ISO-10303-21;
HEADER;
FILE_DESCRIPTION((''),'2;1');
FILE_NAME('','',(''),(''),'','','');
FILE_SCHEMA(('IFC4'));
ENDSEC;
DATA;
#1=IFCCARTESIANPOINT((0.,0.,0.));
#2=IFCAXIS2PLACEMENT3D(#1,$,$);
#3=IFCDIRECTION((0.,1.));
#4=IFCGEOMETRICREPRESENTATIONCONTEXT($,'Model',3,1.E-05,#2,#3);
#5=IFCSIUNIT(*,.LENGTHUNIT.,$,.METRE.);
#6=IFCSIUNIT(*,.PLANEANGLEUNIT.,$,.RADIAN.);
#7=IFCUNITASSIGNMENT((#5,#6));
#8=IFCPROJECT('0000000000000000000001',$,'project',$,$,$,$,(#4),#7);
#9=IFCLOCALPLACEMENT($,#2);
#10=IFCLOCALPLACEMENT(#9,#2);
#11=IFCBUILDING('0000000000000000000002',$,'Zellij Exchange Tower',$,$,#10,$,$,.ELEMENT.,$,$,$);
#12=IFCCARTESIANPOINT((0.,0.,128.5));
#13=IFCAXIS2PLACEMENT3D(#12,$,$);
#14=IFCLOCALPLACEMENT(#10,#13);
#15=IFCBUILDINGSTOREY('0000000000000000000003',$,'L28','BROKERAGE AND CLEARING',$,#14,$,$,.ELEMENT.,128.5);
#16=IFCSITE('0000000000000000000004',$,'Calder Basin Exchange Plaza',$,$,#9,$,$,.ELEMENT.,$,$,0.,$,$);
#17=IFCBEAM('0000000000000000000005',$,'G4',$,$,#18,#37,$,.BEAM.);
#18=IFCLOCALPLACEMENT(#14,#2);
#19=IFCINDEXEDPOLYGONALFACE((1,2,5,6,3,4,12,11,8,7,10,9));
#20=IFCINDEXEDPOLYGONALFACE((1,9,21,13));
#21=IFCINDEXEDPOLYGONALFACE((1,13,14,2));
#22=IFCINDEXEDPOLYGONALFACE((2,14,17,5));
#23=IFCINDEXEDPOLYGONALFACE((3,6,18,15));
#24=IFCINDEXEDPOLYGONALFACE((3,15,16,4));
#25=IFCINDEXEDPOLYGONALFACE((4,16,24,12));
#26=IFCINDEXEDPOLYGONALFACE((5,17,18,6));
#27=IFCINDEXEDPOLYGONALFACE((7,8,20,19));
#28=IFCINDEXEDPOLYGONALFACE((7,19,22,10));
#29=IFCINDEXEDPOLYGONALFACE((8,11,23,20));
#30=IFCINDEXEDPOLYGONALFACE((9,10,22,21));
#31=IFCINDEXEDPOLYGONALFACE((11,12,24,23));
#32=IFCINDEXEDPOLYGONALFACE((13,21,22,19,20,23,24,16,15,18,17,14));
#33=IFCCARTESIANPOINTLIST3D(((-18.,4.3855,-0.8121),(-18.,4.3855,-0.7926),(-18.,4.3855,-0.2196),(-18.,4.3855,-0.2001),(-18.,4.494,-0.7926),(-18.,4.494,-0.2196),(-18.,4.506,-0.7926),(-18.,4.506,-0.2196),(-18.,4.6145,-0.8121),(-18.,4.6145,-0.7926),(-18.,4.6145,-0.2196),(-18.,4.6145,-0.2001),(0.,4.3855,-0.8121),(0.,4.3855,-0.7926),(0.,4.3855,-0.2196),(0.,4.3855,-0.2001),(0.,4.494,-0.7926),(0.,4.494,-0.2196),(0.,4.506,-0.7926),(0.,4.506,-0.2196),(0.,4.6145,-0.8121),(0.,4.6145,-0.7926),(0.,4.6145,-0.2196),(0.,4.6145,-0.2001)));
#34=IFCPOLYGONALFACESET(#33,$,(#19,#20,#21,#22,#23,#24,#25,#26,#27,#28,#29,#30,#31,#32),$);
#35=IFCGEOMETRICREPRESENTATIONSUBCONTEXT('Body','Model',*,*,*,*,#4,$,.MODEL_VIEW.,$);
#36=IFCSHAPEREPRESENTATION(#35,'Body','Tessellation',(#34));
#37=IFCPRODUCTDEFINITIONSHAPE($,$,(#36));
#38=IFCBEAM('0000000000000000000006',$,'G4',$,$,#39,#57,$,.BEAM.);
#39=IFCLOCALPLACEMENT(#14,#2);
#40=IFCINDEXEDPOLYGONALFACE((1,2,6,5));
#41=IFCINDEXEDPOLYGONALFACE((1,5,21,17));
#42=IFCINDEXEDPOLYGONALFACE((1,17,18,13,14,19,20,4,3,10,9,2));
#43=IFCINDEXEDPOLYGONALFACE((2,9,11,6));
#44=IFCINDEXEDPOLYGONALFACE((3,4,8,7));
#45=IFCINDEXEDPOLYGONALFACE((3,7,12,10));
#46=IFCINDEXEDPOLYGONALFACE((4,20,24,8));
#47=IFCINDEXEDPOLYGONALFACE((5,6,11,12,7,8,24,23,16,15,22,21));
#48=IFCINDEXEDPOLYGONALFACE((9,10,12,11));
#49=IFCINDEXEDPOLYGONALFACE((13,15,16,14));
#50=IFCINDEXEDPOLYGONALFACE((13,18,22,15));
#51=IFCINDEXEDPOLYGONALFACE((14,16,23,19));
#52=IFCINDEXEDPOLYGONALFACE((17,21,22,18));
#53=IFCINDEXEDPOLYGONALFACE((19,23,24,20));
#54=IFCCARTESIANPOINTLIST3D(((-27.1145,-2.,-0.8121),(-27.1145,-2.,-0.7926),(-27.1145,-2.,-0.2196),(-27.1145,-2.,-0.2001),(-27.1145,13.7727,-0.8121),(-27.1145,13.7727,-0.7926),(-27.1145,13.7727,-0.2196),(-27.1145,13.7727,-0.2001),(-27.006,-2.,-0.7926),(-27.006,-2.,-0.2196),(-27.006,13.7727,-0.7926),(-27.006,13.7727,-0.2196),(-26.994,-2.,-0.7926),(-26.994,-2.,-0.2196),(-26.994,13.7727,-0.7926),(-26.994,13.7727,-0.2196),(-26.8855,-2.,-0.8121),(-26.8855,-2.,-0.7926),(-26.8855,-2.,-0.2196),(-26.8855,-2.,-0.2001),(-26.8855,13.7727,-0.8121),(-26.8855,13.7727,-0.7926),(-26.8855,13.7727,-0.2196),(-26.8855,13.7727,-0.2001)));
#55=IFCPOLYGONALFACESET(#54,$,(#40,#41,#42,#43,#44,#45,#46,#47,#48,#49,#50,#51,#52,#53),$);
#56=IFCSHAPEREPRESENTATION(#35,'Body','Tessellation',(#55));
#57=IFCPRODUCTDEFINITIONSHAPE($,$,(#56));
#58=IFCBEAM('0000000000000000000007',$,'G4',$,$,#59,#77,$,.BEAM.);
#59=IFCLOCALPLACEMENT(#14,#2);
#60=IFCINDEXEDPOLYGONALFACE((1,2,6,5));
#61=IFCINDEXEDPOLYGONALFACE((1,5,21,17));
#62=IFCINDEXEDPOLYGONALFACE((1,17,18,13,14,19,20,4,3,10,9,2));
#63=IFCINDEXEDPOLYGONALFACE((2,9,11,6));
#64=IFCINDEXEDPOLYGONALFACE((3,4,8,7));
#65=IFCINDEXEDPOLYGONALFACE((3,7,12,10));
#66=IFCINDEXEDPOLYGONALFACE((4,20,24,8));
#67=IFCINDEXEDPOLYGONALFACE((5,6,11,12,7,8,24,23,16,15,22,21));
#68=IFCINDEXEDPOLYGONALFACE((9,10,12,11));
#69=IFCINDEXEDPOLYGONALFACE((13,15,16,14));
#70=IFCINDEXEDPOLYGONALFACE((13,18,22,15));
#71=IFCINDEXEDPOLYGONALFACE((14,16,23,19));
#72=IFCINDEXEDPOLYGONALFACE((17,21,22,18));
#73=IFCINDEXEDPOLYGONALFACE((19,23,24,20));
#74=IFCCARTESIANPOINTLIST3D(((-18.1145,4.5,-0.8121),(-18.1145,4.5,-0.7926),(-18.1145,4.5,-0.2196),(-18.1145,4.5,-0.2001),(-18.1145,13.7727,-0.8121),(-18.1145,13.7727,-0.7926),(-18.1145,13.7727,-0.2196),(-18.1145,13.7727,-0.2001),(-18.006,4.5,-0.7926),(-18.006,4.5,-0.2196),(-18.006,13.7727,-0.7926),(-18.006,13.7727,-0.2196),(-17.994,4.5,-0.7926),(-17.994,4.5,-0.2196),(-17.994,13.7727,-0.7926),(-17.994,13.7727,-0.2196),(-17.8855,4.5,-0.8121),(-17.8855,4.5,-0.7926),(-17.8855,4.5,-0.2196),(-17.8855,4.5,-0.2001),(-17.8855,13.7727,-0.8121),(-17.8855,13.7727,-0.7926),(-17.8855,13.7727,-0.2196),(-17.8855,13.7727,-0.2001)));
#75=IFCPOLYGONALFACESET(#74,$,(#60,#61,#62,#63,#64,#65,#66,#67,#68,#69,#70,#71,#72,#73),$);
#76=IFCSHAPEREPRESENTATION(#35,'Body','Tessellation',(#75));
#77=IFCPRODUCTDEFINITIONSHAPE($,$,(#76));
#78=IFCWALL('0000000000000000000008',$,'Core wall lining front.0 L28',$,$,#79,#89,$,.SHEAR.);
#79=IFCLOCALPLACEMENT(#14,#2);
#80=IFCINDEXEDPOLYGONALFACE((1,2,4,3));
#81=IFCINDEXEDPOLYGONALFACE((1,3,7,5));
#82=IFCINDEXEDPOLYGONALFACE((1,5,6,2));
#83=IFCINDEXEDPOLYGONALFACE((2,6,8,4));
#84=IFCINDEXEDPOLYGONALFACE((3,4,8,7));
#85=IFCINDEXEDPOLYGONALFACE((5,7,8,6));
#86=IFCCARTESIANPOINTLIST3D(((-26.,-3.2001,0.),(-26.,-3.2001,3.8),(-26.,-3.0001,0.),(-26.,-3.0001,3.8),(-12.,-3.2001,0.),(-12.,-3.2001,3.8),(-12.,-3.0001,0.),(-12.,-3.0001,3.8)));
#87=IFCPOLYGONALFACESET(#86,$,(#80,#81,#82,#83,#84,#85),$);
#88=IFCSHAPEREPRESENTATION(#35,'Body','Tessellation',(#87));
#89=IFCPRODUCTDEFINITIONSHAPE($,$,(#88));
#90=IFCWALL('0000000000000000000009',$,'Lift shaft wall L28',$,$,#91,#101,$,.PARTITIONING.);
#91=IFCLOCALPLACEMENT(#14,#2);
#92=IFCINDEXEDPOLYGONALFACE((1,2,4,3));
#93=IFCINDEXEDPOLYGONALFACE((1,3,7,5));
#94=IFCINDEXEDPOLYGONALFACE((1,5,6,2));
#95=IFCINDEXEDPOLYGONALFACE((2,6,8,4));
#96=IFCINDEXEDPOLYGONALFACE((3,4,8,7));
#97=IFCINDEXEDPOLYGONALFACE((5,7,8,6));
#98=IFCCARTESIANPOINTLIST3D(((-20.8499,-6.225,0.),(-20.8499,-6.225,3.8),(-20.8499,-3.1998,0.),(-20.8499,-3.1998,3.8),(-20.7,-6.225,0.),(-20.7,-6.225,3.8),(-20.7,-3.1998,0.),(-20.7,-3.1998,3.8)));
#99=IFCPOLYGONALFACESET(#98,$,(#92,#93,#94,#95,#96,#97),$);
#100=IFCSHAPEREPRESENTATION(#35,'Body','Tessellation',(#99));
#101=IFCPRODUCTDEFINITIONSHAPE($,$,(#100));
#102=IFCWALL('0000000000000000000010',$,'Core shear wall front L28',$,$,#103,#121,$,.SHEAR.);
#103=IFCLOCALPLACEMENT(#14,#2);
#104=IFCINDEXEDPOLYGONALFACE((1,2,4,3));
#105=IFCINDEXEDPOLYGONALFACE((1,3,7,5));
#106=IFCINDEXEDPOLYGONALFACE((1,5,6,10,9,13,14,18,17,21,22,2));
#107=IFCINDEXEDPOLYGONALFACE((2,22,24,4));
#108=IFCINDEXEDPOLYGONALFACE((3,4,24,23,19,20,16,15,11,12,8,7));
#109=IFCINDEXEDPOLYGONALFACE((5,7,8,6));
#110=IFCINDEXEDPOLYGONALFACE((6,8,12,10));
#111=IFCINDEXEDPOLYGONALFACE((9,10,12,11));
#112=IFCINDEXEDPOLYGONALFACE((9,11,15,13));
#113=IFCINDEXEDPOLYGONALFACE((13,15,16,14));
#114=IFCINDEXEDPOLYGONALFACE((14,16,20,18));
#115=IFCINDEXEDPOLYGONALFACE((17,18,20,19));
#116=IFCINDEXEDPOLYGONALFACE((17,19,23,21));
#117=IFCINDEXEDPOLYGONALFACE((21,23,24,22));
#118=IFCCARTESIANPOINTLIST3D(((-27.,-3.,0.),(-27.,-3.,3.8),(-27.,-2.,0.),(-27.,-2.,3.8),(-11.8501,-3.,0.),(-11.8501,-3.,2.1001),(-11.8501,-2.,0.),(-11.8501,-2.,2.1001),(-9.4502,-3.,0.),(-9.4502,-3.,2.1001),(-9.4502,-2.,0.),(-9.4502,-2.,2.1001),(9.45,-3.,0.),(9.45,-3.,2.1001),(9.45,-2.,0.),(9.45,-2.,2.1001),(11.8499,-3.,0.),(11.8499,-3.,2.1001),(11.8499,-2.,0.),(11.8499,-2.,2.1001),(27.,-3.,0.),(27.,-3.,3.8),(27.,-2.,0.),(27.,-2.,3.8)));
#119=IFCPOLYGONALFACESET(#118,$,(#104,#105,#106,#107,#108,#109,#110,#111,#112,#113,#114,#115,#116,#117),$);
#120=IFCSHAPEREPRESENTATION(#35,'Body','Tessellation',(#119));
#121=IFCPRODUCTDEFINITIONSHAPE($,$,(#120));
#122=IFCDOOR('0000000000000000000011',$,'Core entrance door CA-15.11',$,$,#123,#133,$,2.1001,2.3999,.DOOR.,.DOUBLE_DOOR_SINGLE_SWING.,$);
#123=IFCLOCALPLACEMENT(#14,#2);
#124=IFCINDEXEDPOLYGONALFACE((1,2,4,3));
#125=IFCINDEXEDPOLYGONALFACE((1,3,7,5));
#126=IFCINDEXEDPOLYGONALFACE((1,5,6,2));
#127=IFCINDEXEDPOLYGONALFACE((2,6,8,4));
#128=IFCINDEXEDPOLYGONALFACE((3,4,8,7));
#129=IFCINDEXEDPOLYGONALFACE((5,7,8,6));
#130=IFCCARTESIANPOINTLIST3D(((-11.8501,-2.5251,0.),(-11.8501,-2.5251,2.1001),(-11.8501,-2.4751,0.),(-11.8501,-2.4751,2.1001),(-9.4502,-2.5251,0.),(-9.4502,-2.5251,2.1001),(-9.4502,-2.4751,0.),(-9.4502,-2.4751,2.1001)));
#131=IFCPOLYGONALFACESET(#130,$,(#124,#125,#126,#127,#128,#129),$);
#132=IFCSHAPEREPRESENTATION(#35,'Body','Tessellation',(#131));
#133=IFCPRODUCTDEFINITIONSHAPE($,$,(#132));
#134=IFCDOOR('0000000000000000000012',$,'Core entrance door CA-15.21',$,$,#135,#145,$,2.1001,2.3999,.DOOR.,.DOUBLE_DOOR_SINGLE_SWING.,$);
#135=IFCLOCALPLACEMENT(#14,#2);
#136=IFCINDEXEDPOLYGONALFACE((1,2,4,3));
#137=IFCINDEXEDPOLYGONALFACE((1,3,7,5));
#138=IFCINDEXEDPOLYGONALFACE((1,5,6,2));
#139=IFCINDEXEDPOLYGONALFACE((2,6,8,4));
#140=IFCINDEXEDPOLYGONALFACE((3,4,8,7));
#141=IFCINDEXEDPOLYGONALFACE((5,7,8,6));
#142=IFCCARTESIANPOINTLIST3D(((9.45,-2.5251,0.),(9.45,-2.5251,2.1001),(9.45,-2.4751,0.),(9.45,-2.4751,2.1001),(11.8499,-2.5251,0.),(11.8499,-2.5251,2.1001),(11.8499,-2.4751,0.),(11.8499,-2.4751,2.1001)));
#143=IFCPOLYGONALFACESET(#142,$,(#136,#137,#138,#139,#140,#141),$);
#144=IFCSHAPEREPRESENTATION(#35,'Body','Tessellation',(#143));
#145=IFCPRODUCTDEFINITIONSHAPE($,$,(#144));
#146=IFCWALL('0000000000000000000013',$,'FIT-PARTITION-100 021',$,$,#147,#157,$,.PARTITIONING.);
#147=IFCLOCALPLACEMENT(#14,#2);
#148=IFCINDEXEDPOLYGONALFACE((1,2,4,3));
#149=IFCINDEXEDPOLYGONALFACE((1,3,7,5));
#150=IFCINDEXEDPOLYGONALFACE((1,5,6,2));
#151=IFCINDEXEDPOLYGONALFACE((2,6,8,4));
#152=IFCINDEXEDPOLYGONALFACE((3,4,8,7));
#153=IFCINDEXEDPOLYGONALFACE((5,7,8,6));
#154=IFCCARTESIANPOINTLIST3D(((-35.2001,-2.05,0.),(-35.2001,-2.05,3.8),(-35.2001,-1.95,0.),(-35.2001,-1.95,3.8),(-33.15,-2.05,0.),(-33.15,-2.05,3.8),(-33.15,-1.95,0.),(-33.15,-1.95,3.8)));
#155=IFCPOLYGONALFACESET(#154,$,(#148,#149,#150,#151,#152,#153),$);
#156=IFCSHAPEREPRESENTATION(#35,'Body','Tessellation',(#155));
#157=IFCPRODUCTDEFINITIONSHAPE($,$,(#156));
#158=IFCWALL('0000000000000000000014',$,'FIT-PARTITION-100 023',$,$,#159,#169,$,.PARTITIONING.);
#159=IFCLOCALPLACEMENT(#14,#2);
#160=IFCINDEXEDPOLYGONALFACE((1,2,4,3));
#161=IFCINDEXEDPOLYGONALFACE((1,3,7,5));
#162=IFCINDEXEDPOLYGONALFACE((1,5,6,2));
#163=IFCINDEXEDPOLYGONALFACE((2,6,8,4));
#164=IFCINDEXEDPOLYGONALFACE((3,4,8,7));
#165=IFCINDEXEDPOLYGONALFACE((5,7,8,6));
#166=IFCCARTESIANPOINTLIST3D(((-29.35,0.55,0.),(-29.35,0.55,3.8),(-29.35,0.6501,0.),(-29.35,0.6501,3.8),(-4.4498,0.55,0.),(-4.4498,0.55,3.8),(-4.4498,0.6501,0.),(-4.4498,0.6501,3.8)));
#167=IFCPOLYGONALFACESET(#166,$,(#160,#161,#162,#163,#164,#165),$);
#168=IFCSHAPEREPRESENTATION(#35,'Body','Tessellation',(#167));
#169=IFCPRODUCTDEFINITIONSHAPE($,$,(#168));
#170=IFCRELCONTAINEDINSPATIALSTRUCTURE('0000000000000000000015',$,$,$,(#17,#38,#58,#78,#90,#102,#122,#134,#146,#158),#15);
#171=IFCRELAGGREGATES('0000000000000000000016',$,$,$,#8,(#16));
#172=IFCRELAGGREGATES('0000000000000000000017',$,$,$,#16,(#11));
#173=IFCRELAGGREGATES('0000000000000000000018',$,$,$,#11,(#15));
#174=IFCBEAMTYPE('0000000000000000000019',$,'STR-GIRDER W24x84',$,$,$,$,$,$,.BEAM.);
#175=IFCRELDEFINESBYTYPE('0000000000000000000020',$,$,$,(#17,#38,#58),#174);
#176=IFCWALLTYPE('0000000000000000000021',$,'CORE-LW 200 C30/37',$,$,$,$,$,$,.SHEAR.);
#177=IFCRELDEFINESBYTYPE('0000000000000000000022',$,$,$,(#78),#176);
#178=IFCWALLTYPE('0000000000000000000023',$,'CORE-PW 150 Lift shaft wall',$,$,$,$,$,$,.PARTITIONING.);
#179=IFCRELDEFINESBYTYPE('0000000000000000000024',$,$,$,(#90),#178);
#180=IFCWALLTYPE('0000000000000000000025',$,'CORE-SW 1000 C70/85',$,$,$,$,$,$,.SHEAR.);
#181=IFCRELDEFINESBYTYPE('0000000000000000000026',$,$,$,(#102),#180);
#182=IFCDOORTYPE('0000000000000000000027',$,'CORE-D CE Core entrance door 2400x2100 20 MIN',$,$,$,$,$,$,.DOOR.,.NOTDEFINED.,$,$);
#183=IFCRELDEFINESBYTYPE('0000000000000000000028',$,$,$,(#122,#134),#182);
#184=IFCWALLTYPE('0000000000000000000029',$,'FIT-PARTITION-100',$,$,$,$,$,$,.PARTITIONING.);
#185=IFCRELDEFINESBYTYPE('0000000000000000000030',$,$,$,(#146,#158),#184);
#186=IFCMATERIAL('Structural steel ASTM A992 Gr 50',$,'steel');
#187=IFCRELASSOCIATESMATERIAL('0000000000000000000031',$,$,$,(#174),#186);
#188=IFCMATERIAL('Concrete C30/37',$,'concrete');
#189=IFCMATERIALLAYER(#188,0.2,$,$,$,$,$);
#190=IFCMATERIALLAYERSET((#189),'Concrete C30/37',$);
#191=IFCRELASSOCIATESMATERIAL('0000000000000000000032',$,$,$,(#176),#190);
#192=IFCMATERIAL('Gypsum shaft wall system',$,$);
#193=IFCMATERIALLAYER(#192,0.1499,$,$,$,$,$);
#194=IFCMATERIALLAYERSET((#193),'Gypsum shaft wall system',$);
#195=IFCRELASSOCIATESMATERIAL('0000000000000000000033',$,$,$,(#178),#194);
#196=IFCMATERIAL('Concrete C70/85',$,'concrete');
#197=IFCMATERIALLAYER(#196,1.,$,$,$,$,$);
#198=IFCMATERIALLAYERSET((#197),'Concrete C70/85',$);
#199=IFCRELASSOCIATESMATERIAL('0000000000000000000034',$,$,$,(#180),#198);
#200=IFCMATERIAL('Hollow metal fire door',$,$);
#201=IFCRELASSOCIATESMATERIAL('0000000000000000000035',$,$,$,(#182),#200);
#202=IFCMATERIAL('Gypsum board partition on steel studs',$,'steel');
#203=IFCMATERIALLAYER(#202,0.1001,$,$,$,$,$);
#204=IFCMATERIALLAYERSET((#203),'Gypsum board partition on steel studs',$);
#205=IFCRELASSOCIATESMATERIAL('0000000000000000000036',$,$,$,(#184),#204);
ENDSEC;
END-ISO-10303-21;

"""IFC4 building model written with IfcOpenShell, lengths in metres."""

from ifc_helpers import new_model, si_unit, direction, frame, frame_2d, origin, origin_2d, place, context, subcontext, project, spatial, rectangle, i_section, extrude, material, layer, layer_set, material_profile, profile_set, type_object, element, fill, save


model = new_model("IFC4")

# Units and contexts
model_context = context("Model", 3, precision=1e-05, world=origin(), true_north=direction((0.0, 1.0)))
body_context = subcontext(model_context, "Body", "Model", "MODEL_VIEW")
ifc_project = project(units=[si_unit("LENGTHUNIT", "METRE"), si_unit("PLANEANGLEUNIT", "RADIAN")], contexts=[model_context])

# Site, building, storey
site_placement = place(None, origin())
site = spatial("IfcSite", under=ifc_project, at=site_placement, Name="Calder Basin Exchange Plaza", CompositionType="ELEMENT", RefElevation=0.0)
building_placement = place(site_placement, origin())
building = spatial("IfcBuilding", under=site, at=building_placement, Name="Zellij Exchange Tower", CompositionType="ELEMENT")
storey_placement = place(building_placement, frame((0.0, 0.0, 128.5)))
storey = spatial("IfcBuildingStorey", under=building, at=storey_placement, Name="L28", Description="BROKERAGE AND CLEARING", CompositionType="ELEMENT", Elevation=128.5)

# Shared definitions
ifc_material_1 = material(Name="Concrete C70/85", Category="concrete")

# Beams
ifc_material_2 = material(Name="Structural steel ASTM A992 Gr 50", Category="steel")
ifc_material_profile_1 = material_profile(ifc_material_2, i_section(OverallWidth=0.229, OverallDepth=0.6121, WebThickness=0.012, FlangeThickness=0.0195, at=origin_2d()), Name="W24x84")
ifc_profile_set_1 = profile_set([ifc_material_profile_1], Name="Structural steel ASTM A992 Gr 50")
beam_type_1 = type_object("IfcBeamType", Name="STR-GIRDER W24x84", PredefinedType="BEAM", material=ifc_profile_set_1)
beam_1_placement = place(storey_placement, frame((-18.0, 4.5, -0.5061), z_axis=(1.0, 0.0, 0.0), x_axis=(0.0, 1.0, 0.0)))
element("IfcBeam", 1, at=beam_1_placement, inside=storey, type_object=beam_type_1, Name="G4", PredefinedType="BEAM", context=body_context, shape_type="SweptSolid", body=[
    extrude(i_section(OverallWidth=0.229, OverallDepth=0.6121, WebThickness=0.012, FlangeThickness=0.0195, at=origin_2d()), origin(), (0.0, 0.0, 1.0), 18.0),
])
beam_2_placement = place(storey_placement, frame((-27.0, -2.0, -0.5061), z_axis=(0.0, 1.0, 0.0), x_axis=(-1.0, 0.0, 0.0)))
element("IfcBeam", 2, at=beam_2_placement, inside=storey, type_object=beam_type_1, Name="G4", PredefinedType="BEAM", context=body_context, shape_type="SweptSolid", body=[
    extrude(i_section(OverallWidth=0.229, OverallDepth=0.6121, WebThickness=0.012, FlangeThickness=0.0195, at=origin_2d()), origin(), (0.0, 0.0, 1.0), 15.7727),
])
beam_3_placement = place(storey_placement, frame((-18.0, 4.5, -0.5061), z_axis=(0.0, 1.0, 0.0), x_axis=(-1.0, 0.0, 0.0)))
element("IfcBeam", 3, at=beam_3_placement, inside=storey, type_object=beam_type_1, Name="G4", PredefinedType="BEAM", context=body_context, shape_type="SweptSolid", body=[
    extrude(i_section(OverallWidth=0.229, OverallDepth=0.6121, WebThickness=0.012, FlangeThickness=0.0195, at=origin_2d()), origin(), (0.0, 0.0, 1.0), 9.2727),
])

# Walls
ifc_material_3 = material(Name="Concrete C30/37", Category="concrete")
ifc_layer_1 = layer(ifc_material_3, 0.2)
ifc_layer_set_1 = layer_set([ifc_layer_1], Name="Concrete C30/37")
wall_type_1 = type_object("IfcWallType", Name="CORE-LW 200 C30/37", PredefinedType="SHEAR", material=ifc_layer_set_1)
wall_1_placement = place(storey_placement, frame((-26.0, -3.1001, 0.0), z_axis=(0.0, 0.0, 1.0), x_axis=(1.0, 0.0, 0.0)))
element("IfcWall", 4, at=wall_1_placement, inside=storey, type_object=wall_type_1, Name="Core wall lining front.0 L28", PredefinedType="SHEAR", context=body_context, shape_type="SweptSolid", body=[
    extrude(rectangle(XDim=14.0, YDim=0.2, at=frame_2d((7.0, 0.0))), origin(), (0.0, 0.0, 1.0), 3.8),
])
ifc_material_4 = material(Name="Gypsum shaft wall system")
ifc_layer_2 = layer(ifc_material_4, 0.1499)
ifc_layer_set_2 = layer_set([ifc_layer_2], Name="Gypsum shaft wall system")
wall_type_2 = type_object("IfcWallType", Name="CORE-PW 150 Lift shaft wall", PredefinedType="PARTITIONING", material=ifc_layer_set_2)
wall_2_placement = place(storey_placement, frame((-20.7749, -6.2251, 0.0), z_axis=(0.0, 0.0, 1.0), x_axis=(0.0, 1.0, 0.0)))
element("IfcWall", 5, at=wall_2_placement, inside=storey, type_object=wall_type_2, Name="Lift shaft wall L28", PredefinedType="PARTITIONING", context=body_context, shape_type="SweptSolid", body=[
    extrude(rectangle(XDim=3.0251, YDim=0.1499, at=frame_2d((1.5127, 0.0))), origin(), (0.0, 0.0, 1.0), 3.8),
])

# Wall, openings, doors
ifc_layer_3 = layer(ifc_material_1, 1.0)
ifc_layer_set_3 = layer_set([ifc_layer_3], Name="Concrete C70/85")
wall_type_3 = type_object("IfcWallType", Name="CORE-SW 1000 C70/85", PredefinedType="SHEAR", material=ifc_layer_set_3)
wall_3_placement = place(storey_placement, frame((-27.0, -2.5, 0.0), z_axis=(0.0, 0.0, 1.0), x_axis=(1.0, 0.0, 0.0)))
wall_3 = element("IfcWall", 6, at=wall_3_placement, inside=storey, type_object=wall_type_3, Name="Core shear wall front L28", PredefinedType="SHEAR", context=body_context, shape_type="SweptSolid", body=[
    extrude(rectangle(XDim=54.0, YDim=1.0, at=frame_2d((27.0, 0.0))), origin(), (0.0, 0.0, 1.0), 3.8),
])
opening_1_placement = place(wall_3_placement, frame((15.1499, 0.0, 0.0)))
opening_1 = element("IfcOpeningElement", 7, at=opening_1_placement, cuts=wall_3, PredefinedType="OPENING", context=body_context, shape_type="SweptSolid", body=[
    extrude(rectangle(XDim=2.3999, YDim=2.1001, at=frame_2d((1.2, 1.05))), frame((0.0, 0.512, 0.0), z_axis=(0.0, -1.0, 0.0), x_axis=(1.0, 0.0, 0.0)), (0.0, 0.0, 1.0), 1.0239),
])
opening_2_placement = place(wall_3_placement, frame((36.45, 0.0, 0.0)))
opening_2 = element("IfcOpeningElement", 8, at=opening_2_placement, cuts=wall_3, PredefinedType="OPENING", context=body_context, shape_type="SweptSolid", body=[
    extrude(rectangle(XDim=2.3999, YDim=2.1001, at=frame_2d((1.2, 1.05))), frame((0.0, 0.512, 0.0), z_axis=(0.0, -1.0, 0.0), x_axis=(1.0, 0.0, 0.0)), (0.0, 0.0, 1.0), 1.0239),
])
ifc_material_5 = material(Name="Hollow metal fire door")
door_type_1 = type_object("IfcDoorType", Name="CORE-D CE Core entrance door 2400x2100 20 MIN", OperationType="NOTDEFINED", PredefinedType="DOOR", material=ifc_material_5)
door_1_placement = place(opening_1_placement, origin())
door_1 = element("IfcDoor", 9, at=door_1_placement, inside=storey, type_object=door_type_1, Name="Core entrance door CA-15.11", OperationType="DOUBLE_DOOR_SINGLE_SWING", OverallHeight=2.1001, OverallWidth=2.3999, PredefinedType="DOOR", context=body_context, shape_type="SweptSolid", body=[
    extrude(rectangle(XDim=2.3999, YDim=2.1001, at=frame_2d((1.2, 1.05))), frame((0.0, 0.0249, 0.0), z_axis=(0.0, -1.0, 0.0), x_axis=(1.0, 0.0, 0.0)), (0.0, 0.0, 1.0), 0.05),
])
fill(opening_1, door_1)
door_2_placement = place(opening_2_placement, origin())
door_2 = element("IfcDoor", 10, at=door_2_placement, inside=storey, type_object=door_type_1, Name="Core entrance door CA-15.21", OperationType="DOUBLE_DOOR_SINGLE_SWING", OverallHeight=2.1001, OverallWidth=2.3999, PredefinedType="DOOR", context=body_context, shape_type="SweptSolid", body=[
    extrude(rectangle(XDim=2.3999, YDim=2.1001, at=frame_2d((1.2, 1.05))), frame((0.0, 0.0249, 0.0), z_axis=(0.0, -1.0, 0.0), x_axis=(1.0, 0.0, 0.0)), (0.0, 0.0, 1.0), 0.05),
])
fill(opening_2, door_2)

# Walls
ifc_material_6 = material(Name="Gypsum board partition on steel studs", Category="steel")
ifc_layer_4 = layer(ifc_material_6, 0.1001)
ifc_layer_set_4 = layer_set([ifc_layer_4], Name="Gypsum board partition on steel studs")
wall_type_4 = type_object("IfcWallType", Name="FIT-PARTITION-100", PredefinedType="PARTITIONING", material=ifc_layer_set_4)
wall_4_placement = place(storey_placement, frame((-35.2, -2.0, 0.0), z_axis=(0.0, 0.0, 1.0), x_axis=(1.0, 0.0, 0.0)))
element("IfcWall", 11, at=wall_4_placement, inside=storey, type_object=wall_type_4, Name="FIT-PARTITION-100 021", PredefinedType="PARTITIONING", context=body_context, shape_type="SweptSolid", body=[
    extrude(rectangle(XDim=2.05, YDim=0.1001, at=frame_2d((1.0249, 0.0))), origin(), (0.0, 0.0, 1.0), 3.8),
])
wall_5_placement = place(storey_placement, frame((-29.3501, 0.6001, 0.0), z_axis=(0.0, 0.0, 1.0), x_axis=(1.0, 0.0, 0.0)))
element("IfcWall", 12, at=wall_5_placement, inside=storey, type_object=wall_type_4, Name="FIT-PARTITION-100 023", PredefinedType="PARTITIONING", context=body_context, shape_type="SweptSolid", body=[
    extrude(rectangle(XDim=24.9001, YDim=0.1001, at=frame_2d((12.4502, 0.0))), origin(), (0.0, 0.0, 1.0), 3.8),
])

save(model, "model.ifc")
